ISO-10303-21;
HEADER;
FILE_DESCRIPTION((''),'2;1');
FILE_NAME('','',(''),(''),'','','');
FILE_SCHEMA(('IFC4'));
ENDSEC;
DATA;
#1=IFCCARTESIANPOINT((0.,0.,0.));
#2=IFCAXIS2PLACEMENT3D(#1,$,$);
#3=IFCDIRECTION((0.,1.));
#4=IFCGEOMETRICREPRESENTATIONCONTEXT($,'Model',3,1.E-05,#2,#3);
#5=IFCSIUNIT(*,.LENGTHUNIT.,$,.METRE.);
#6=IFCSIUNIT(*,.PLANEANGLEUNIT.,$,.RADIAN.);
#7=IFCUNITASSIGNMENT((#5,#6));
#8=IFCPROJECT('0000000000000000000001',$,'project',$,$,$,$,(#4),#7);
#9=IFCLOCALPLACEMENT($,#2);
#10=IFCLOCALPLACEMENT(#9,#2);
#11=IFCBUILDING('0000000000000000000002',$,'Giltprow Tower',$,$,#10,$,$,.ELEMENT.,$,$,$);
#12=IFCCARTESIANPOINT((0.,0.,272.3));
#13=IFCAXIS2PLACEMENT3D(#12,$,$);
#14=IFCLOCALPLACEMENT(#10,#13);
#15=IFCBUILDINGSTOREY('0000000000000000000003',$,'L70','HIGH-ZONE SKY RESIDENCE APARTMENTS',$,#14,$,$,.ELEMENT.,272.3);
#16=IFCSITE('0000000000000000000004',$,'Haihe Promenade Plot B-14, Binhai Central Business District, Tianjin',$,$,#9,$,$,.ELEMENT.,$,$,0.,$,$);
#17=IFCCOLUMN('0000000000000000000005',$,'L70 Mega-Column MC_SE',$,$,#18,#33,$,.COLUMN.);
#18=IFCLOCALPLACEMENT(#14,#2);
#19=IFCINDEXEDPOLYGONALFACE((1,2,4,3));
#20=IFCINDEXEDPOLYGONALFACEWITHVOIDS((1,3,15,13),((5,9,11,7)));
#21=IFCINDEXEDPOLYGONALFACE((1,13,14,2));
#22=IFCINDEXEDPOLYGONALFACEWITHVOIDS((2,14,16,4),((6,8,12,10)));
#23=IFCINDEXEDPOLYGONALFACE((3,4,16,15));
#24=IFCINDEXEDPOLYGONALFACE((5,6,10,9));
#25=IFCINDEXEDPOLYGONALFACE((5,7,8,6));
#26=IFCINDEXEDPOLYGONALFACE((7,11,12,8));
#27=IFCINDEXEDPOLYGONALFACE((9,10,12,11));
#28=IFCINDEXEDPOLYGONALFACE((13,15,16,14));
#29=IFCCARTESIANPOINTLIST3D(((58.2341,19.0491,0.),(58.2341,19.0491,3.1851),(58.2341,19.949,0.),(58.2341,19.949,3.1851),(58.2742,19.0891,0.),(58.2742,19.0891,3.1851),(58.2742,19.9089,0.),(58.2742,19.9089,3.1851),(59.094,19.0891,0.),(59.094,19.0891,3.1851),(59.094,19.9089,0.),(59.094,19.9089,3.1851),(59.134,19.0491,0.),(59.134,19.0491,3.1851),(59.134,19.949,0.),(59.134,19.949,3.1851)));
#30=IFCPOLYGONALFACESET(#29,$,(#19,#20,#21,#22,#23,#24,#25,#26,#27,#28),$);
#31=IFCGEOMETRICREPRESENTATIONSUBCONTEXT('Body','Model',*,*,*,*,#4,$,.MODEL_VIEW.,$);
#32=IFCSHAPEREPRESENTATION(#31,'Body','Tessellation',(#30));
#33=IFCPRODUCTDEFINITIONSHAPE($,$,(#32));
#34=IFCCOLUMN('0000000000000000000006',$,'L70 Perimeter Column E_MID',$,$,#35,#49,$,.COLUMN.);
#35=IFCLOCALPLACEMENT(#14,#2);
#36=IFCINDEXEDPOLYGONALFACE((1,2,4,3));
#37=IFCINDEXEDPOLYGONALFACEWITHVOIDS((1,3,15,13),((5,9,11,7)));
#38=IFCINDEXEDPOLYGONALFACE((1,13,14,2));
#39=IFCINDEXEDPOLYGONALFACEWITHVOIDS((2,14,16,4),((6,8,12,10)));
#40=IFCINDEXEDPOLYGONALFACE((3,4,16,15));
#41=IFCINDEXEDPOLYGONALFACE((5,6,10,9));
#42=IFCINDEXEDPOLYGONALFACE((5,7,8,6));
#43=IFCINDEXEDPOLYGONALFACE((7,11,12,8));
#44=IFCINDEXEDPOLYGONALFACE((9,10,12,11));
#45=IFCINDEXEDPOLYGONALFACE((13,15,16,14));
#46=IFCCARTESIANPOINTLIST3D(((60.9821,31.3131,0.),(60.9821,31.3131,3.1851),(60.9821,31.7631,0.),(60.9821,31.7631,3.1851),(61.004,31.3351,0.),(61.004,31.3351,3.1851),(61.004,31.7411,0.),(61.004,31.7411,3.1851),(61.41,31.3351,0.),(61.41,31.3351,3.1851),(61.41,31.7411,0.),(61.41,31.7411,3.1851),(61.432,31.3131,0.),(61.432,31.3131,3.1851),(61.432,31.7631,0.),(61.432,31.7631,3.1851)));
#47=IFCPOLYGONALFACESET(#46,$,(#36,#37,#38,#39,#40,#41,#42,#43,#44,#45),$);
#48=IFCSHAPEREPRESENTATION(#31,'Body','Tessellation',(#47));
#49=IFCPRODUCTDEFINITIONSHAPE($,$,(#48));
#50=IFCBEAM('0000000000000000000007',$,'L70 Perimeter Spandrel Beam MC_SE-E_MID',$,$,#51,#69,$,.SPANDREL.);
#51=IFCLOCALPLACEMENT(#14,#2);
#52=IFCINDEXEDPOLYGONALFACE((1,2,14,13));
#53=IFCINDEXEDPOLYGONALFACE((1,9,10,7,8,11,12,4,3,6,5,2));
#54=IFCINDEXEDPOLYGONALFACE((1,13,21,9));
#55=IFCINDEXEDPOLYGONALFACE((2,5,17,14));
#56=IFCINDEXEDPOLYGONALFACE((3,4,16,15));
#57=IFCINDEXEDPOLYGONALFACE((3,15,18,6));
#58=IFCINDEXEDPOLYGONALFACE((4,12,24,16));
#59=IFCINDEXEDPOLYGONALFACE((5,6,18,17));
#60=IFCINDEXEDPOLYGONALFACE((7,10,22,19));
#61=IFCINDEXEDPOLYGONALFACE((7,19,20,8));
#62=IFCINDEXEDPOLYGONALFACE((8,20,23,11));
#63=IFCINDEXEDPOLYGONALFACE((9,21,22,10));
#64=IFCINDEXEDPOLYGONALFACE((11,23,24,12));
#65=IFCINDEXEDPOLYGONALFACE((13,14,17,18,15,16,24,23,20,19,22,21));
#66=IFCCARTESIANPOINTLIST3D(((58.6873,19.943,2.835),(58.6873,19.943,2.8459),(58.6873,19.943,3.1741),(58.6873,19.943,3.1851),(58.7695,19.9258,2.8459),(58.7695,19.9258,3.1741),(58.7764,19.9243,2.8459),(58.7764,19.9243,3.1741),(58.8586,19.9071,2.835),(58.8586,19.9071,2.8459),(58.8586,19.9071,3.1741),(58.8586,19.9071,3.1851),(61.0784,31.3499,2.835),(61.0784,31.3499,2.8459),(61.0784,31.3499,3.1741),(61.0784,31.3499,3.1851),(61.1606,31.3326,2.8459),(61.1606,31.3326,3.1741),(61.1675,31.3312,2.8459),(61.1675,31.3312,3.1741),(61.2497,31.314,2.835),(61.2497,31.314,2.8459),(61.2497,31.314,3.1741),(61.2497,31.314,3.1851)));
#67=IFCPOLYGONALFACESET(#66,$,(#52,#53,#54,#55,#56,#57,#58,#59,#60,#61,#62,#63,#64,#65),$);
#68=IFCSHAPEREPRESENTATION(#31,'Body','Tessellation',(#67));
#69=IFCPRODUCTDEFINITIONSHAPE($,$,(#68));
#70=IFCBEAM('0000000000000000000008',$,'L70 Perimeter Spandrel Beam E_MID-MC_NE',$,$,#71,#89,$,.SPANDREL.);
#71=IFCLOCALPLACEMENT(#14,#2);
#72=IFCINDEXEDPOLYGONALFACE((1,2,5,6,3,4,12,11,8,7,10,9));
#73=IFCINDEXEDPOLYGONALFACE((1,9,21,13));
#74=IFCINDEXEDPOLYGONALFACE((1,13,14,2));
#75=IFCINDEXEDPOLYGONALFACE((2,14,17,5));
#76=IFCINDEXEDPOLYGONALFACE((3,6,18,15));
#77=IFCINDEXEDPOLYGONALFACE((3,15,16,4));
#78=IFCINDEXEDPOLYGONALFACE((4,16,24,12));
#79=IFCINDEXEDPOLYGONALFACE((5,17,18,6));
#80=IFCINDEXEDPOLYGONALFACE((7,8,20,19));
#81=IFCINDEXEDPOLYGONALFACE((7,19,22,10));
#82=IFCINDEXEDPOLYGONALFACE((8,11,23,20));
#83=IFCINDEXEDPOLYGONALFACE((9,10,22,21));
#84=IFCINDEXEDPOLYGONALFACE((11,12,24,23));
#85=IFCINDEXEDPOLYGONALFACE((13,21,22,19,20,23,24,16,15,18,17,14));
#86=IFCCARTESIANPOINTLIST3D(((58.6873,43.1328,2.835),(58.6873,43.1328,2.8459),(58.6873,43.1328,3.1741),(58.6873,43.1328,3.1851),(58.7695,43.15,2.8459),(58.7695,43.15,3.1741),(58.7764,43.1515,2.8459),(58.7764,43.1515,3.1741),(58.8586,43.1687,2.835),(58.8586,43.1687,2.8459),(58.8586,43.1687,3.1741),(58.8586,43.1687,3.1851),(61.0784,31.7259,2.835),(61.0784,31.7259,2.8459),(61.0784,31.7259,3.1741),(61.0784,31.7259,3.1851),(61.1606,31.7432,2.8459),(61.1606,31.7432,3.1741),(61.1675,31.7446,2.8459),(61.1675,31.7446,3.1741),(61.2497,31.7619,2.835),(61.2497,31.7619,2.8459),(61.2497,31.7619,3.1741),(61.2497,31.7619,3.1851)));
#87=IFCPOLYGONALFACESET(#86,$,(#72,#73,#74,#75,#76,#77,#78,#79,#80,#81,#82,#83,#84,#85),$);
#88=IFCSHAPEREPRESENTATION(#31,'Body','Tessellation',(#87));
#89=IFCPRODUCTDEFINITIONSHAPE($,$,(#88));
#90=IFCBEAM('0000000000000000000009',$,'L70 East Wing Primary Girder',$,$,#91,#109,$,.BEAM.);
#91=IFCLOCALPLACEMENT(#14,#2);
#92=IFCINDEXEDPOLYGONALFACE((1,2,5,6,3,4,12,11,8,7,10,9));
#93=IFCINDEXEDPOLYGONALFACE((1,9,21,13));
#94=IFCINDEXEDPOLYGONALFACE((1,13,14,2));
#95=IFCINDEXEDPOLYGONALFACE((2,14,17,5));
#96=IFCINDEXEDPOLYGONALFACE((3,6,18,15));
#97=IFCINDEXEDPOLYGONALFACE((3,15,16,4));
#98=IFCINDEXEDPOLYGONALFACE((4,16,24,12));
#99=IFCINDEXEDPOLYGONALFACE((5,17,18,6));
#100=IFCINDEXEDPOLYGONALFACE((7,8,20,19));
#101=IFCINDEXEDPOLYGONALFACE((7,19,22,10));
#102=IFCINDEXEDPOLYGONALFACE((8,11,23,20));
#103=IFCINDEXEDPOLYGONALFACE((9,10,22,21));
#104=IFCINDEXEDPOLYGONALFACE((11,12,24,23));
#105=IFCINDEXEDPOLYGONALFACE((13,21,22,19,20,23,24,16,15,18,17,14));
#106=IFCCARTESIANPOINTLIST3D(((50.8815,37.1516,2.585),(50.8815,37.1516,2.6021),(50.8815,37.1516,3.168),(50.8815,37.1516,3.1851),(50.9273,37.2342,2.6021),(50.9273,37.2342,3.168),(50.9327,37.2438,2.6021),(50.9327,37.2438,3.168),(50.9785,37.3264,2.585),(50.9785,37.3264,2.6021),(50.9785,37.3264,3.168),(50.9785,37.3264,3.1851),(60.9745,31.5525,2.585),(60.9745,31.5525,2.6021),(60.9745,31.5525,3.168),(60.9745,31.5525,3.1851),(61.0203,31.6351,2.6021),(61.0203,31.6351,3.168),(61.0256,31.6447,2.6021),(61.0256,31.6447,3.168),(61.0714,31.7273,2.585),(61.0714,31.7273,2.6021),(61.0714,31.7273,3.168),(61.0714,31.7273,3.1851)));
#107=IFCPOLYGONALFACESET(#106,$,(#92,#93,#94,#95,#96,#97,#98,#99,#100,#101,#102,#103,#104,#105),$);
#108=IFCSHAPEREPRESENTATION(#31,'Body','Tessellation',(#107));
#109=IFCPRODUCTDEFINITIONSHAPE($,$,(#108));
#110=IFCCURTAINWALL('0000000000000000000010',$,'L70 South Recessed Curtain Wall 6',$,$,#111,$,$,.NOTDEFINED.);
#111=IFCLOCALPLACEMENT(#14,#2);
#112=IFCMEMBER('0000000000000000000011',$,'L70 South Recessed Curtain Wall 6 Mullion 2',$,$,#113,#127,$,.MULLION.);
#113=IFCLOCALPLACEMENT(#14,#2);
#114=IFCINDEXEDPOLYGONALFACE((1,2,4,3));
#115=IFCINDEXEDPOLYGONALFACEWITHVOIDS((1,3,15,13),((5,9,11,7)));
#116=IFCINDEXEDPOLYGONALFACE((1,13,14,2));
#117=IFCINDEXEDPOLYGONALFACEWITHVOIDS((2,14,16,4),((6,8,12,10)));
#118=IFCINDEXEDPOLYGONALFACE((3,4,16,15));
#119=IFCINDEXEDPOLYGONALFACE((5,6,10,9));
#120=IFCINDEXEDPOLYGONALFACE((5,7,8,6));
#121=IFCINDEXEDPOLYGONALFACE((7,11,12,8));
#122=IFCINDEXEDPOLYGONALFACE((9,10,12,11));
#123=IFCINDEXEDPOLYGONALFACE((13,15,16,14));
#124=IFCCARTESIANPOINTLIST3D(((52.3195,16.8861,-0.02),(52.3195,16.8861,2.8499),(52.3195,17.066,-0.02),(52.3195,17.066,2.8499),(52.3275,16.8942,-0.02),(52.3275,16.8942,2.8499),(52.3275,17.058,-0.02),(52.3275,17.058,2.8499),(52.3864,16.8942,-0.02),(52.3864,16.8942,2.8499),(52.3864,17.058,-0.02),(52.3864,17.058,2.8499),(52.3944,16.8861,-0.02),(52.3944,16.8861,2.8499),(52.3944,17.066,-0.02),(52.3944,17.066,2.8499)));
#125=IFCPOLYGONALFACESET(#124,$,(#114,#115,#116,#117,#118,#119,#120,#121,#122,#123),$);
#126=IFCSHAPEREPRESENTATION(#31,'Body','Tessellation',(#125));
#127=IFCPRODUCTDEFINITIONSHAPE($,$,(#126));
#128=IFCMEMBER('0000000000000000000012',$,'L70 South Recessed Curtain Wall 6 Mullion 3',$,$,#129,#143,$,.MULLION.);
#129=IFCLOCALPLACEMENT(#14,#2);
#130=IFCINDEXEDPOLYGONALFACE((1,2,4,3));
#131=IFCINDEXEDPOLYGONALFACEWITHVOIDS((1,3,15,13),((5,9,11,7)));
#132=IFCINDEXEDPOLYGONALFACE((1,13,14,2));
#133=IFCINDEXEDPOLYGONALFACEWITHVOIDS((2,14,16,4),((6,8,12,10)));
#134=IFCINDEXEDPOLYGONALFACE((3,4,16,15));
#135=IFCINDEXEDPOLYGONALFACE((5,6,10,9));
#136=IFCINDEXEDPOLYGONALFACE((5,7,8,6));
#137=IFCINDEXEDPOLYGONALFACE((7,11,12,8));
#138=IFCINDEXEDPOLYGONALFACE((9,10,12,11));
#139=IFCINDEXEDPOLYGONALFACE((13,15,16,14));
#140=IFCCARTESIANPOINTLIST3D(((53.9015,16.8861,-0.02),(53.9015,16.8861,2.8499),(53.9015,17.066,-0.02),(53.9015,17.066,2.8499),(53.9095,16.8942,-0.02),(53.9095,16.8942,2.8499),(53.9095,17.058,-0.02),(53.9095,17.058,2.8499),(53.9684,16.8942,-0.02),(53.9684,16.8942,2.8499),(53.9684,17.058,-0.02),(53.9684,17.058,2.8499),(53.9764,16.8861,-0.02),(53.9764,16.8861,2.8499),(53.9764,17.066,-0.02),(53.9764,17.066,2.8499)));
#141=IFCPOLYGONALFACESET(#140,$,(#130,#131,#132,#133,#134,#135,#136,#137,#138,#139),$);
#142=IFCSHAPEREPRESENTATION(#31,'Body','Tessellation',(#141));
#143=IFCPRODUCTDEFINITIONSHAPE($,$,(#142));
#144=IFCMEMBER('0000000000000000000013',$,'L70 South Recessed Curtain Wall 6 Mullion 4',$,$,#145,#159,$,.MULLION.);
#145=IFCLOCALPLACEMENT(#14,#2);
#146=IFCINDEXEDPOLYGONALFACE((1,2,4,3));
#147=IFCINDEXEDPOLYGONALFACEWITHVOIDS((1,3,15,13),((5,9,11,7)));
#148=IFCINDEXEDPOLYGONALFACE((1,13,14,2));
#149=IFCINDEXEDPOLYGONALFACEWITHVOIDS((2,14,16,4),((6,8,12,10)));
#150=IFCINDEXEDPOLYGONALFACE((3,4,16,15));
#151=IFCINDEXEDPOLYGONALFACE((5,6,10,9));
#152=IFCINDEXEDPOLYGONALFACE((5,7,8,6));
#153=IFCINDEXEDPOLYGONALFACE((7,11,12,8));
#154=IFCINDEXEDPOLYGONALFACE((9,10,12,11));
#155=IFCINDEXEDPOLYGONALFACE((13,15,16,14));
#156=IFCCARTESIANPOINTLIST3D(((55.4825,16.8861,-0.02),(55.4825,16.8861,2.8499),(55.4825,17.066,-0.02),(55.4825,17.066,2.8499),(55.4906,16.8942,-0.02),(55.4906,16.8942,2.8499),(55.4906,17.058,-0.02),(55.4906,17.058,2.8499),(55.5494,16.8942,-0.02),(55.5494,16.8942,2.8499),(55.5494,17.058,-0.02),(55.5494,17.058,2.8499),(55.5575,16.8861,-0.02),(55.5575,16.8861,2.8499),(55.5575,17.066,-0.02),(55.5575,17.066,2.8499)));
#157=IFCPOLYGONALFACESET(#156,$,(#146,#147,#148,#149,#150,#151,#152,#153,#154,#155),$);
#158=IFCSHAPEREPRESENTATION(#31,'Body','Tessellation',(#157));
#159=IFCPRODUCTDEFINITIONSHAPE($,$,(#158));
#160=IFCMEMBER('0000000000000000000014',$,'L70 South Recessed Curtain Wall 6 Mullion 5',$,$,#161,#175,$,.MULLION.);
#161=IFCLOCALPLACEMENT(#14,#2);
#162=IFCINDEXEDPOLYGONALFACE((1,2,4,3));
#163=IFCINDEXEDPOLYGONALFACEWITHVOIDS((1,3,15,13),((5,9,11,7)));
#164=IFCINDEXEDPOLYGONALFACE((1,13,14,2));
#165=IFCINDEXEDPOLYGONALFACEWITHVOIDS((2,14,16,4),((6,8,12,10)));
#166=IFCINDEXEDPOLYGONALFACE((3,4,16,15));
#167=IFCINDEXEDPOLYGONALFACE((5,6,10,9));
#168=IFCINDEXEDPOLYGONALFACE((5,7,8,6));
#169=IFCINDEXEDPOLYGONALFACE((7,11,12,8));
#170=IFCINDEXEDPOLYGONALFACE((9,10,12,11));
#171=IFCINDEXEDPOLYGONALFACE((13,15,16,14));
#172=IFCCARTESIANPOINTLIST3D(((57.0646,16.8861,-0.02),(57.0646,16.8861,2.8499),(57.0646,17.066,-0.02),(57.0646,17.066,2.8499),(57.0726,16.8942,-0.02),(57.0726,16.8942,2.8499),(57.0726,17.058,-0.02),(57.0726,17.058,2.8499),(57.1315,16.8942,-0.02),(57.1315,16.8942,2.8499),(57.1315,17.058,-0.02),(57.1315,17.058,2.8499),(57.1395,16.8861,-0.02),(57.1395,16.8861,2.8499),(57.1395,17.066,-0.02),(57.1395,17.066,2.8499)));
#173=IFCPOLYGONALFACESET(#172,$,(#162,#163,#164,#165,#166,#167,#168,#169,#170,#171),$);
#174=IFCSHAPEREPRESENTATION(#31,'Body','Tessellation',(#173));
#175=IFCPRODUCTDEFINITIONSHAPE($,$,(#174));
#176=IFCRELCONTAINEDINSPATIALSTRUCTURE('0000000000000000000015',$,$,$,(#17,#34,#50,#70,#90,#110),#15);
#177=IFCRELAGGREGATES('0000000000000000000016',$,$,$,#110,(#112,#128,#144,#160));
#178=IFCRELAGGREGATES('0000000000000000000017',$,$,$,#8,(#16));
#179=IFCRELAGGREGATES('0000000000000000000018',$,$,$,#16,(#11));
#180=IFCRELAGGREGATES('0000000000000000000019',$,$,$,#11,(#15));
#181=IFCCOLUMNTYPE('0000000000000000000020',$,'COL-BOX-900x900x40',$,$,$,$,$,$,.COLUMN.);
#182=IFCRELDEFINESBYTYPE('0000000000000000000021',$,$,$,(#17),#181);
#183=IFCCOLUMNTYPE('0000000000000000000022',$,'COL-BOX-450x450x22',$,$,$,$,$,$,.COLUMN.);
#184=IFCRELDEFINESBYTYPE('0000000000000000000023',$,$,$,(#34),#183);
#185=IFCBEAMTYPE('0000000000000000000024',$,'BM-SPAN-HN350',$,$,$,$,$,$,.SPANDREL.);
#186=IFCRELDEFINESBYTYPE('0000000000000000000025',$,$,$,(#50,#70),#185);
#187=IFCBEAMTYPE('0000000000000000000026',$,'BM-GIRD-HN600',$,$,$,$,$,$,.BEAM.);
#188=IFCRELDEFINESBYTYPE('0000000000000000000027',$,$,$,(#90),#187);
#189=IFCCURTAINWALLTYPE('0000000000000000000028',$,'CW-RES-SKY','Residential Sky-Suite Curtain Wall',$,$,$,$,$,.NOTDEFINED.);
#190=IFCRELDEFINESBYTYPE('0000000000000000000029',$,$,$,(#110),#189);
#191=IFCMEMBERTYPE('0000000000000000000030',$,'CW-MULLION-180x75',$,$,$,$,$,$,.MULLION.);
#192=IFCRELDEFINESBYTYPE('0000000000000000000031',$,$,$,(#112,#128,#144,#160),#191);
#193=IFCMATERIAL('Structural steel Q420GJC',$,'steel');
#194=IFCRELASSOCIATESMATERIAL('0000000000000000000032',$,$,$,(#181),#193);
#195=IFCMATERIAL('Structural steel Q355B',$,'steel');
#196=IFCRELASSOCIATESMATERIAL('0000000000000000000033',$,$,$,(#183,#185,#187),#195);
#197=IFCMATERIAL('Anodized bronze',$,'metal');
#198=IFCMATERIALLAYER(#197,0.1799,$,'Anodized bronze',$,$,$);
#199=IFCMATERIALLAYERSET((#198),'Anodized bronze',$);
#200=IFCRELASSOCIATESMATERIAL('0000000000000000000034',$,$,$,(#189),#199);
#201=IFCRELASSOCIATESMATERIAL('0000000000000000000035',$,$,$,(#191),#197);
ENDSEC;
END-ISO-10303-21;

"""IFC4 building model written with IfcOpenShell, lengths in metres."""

from ifc_helpers import new_model, si_unit, direction, frame, origin, origin_2d, place, context, subcontext, project, spatial, hollow_rectangle, i_section, extrude, source, transform, mapped, material, layer, layer_set, material_profile, profile_set, type_object, element, aggregate, save


model = new_model("IFC4")

# Units and contexts
model_context = context("Model", 3, precision=1e-05, world=origin(), true_north=direction((0.0, 1.0)))
body_context = subcontext(model_context, "Body", "Model", "MODEL_VIEW")
ifc_project = project(units=[si_unit("LENGTHUNIT", "METRE"), si_unit("PLANEANGLEUNIT", "RADIAN")], contexts=[model_context])

# Site, building, storey
site_placement = place(None, origin())
site = spatial("IfcSite", under=ifc_project, at=site_placement, Name="Haihe Promenade Plot B-14, Binhai Central Business District, Tianjin", CompositionType="ELEMENT", RefElevation=0.0)
building_placement = place(site_placement, origin())
building = spatial("IfcBuilding", under=site, at=building_placement, Name="Giltprow Tower", CompositionType="ELEMENT")
storey_placement = place(building_placement, frame((0.0, 0.0, 272.3)))
storey = spatial("IfcBuildingStorey", under=building, at=storey_placement, Name="L70", Description="HIGH-ZONE SKY RESIDENCE APARTMENTS", CompositionType="ELEMENT", Elevation=272.3)

# Columns
ifc_material_1 = material(Name="Structural steel Q420GJC", Category="steel")
ifc_material_profile_1 = material_profile(ifc_material_1, hollow_rectangle(XDim=0.8999, YDim=0.8999, WallThickness=0.04, at=origin_2d()), Name="BOX 900x900x40")
ifc_profile_set_1 = profile_set([ifc_material_profile_1], Name="Structural steel Q420GJC")
column_type_1 = type_object("IfcColumnType", Name="COL-BOX-900x900x40", PredefinedType="COLUMN", material=ifc_profile_set_1)
shared_shape_1 = source(origin(), body_context, "Body", "SweptSolid", [
    extrude(hollow_rectangle(XDim=0.8999, YDim=0.8999, WallThickness=0.04, at=origin_2d()), origin(), (0.0, 0.0, 1.0), 3.1851),
])
column_1_placement = place(storey_placement, frame((58.6841, 19.499, 0.0), z_axis=(0.0, 0.0, 1.0), x_axis=(1.0, 0.0, 0.0)))
element("IfcColumn", 1, at=column_1_placement, inside=storey, type_object=column_type_1, Name="L70 Mega-Column MC_SE", PredefinedType="COLUMN", context=body_context, shape_type="MappedRepresentation", body=[
    mapped(shared_shape_1, transform((0.0, 0.0, 0.0), x_axis=(1.0, 0.0, 0.0), y_axis=(0.0, 1.0, 0.0), z_axis=(0.0, 0.0, 1.0), scale=1.0)),
])
ifc_material_2 = material(Name="Structural steel Q355B", Category="steel")
ifc_material_profile_2 = material_profile(ifc_material_2, hollow_rectangle(XDim=0.45, YDim=0.45, WallThickness=0.022, at=origin_2d()), Name="BOX 450x450x22")
ifc_profile_set_2 = profile_set([ifc_material_profile_2], Name="Structural steel Q355B")
column_type_2 = type_object("IfcColumnType", Name="COL-BOX-450x450x22", PredefinedType="COLUMN", material=ifc_profile_set_2)
shared_shape_2 = source(origin(), body_context, "Body", "SweptSolid", [
    extrude(hollow_rectangle(XDim=0.45, YDim=0.45, WallThickness=0.022, at=origin_2d()), origin(), (0.0, 0.0, 1.0), 3.1851),
])
column_2_placement = place(storey_placement, frame((61.207, 31.5381, 0.0), z_axis=(0.0, 0.0, 1.0), x_axis=(1.0, 0.0, 0.0)))
element("IfcColumn", 2, at=column_2_placement, inside=storey, type_object=column_type_2, Name="L70 Perimeter Column E_MID", PredefinedType="COLUMN", context=body_context, shape_type="MappedRepresentation", body=[
    mapped(shared_shape_2, transform((0.0, 0.0, 0.0), x_axis=(1.0, 0.0, 0.0), y_axis=(0.0, 1.0, 0.0), z_axis=(0.0, 0.0, 1.0), scale=1.0)),
])

# Beams
ifc_material_profile_3 = material_profile(ifc_material_2, i_section(OverallWidth=0.175, OverallDepth=0.3501, WebThickness=0.0071, FlangeThickness=0.011, at=origin_2d()), Name="HN 350x175x7x11")
ifc_profile_set_3 = profile_set([ifc_material_profile_3], Name="Structural steel Q355B")
beam_type_1 = type_object("IfcBeamType", Name="BM-SPAN-HN350", PredefinedType="SPANDREL", material=ifc_profile_set_3)
shared_shape_3 = source(origin(), body_context, "Body", "SweptSolid", [
    extrude(i_section(OverallWidth=0.175, OverallDepth=0.3501, WebThickness=0.0071, FlangeThickness=0.011, at=origin_2d()), origin(), (0.0, 0.0, 1.0), 11.6548),
])
for number, where, z_axis, x_axis, name in (
    (3, (58.7729, 19.925, 3.01), (0.20516, 0.978729, 0.0), (-0.978729, 0.20516, 0.0), "L70 Perimeter Spandrel Beam MC_SE-E_MID"),
    (4, (61.1641, 31.7439, 3.01), (-0.20516, 0.978729, 0.0), (-0.978729, -0.20516, 0.0), "L70 Perimeter Spandrel Beam E_MID-MC_NE"),
):
    element("IfcBeam", number, at=place(storey_placement, frame(where, z_axis=z_axis, x_axis=x_axis)), inside=storey, type_object=beam_type_1, Name=name, PredefinedType="SPANDREL", context=body_context, shape_type="MappedRepresentation", body=[
        mapped(shared_shape_3, transform((0.0, 0.0, 0.0), x_axis=(1.0, 0.0, 0.0), y_axis=(0.0, 1.0, 0.0), z_axis=(0.0, 0.0, 1.0), scale=1.0)),
    ])
ifc_material_profile_4 = material_profile(ifc_material_2, i_section(OverallWidth=0.2, OverallDepth=0.6001, WebThickness=0.011, FlangeThickness=0.0171, at=origin_2d()), Name="HN 600x200x11x17")
ifc_profile_set_4 = profile_set([ifc_material_profile_4], Name="Structural steel Q355B")
beam_type_2 = type_object("IfcBeamType", Name="BM-GIRD-HN600", PredefinedType="BEAM", material=ifc_profile_set_4)
shared_shape_4 = source(origin(), body_context, "Body", "SweptSolid", [
    extrude(i_section(OverallWidth=0.2, OverallDepth=0.6001, WebThickness=0.011, FlangeThickness=0.0171, at=origin_2d()), origin(), (0.0, 0.0, 1.0), 11.542),
])
beam_placement = place(storey_placement, frame((61.0229, 31.6399, 2.885), z_axis=(-0.874455, 0.485106, 0.0), x_axis=(-0.485106, -0.874455, 0.0)))
element("IfcBeam", 5, at=beam_placement, inside=storey, type_object=beam_type_2, Name="L70 East Wing Primary Girder", PredefinedType="BEAM", context=body_context, shape_type="MappedRepresentation", body=[
    mapped(shared_shape_4, transform((0.0, 0.0, 0.0), x_axis=(1.0, 0.0, 0.0), y_axis=(0.0, 1.0, 0.0), z_axis=(0.0, 0.0, 1.0), scale=1.0)),
])

# Curtain wall, members
ifc_material_3 = material(Name="Anodized bronze", Category="metal")
ifc_layer_1 = layer(ifc_material_3, 0.1799, Name="Anodized bronze")
ifc_layer_set_1 = layer_set([ifc_layer_1], Name="Anodized bronze")
curtain_wall_type = type_object("IfcCurtainWallType", Name="CW-RES-SKY", Description="Residential Sky-Suite Curtain Wall", PredefinedType="NOTDEFINED", material=ifc_layer_set_1)
curtain_wall_placement = place(storey_placement, origin())
curtain_wall = element("IfcCurtainWall", 6, at=curtain_wall_placement, inside=storey, type_object=curtain_wall_type, Name="L70 South Recessed Curtain Wall 6", PredefinedType="NOTDEFINED")
ifc_material_profile_5 = material_profile(ifc_material_3, hollow_rectangle(XDim=0.075, YDim=0.1799, WallThickness=0.0081, at=origin_2d()), Name="RHS 180x75x8")
ifc_profile_set_5 = profile_set([ifc_material_profile_5], Name="Anodized bronze")
member_type_1 = type_object("IfcMemberType", Name="CW-MULLION-180x75", PredefinedType="MULLION", material=ifc_profile_set_5)
shared_shape_5 = source(origin(), body_context, "Body", "SweptSolid", [
    extrude(hollow_rectangle(XDim=0.075, YDim=0.1799, WallThickness=0.0081, at=origin_2d()), origin(), (0.0, 0.0, 1.0), 2.8699),
])
member_1_placement = place(storey_placement, frame((52.3569, 16.9761, -0.02), z_axis=(0.0, 0.0, 1.0), x_axis=(1.0, 0.0, 0.0)))
member_1 = element("IfcMember", 7, at=member_1_placement, type_object=member_type_1, Name="L70 South Recessed Curtain Wall 6 Mullion 2", PredefinedType="MULLION", context=body_context, shape_type="MappedRepresentation", body=[
    mapped(shared_shape_5, transform((0.0, 0.0, 0.0), x_axis=(1.0, 0.0, 0.0), y_axis=(0.0, 1.0, 0.0), z_axis=(0.0, 0.0, 1.0), scale=1.0)),
])
member_2_placement = place(storey_placement, frame((53.939, 16.9761, -0.02), z_axis=(0.0, 0.0, 1.0), x_axis=(1.0, 0.0, 0.0)))
member_2 = element("IfcMember", 8, at=member_2_placement, type_object=member_type_1, Name="L70 South Recessed Curtain Wall 6 Mullion 3", PredefinedType="MULLION", context=body_context, shape_type="MappedRepresentation", body=[
    mapped(shared_shape_5, transform((0.0, 0.0, 0.0), x_axis=(1.0, 0.0, 0.0), y_axis=(0.0, 1.0, 0.0), z_axis=(0.0, 0.0, 1.0), scale=1.0)),
])
member_3_placement = place(storey_placement, frame((55.52, 16.9761, -0.02), z_axis=(0.0, 0.0, 1.0), x_axis=(1.0, 0.0, 0.0)))
member_3 = element("IfcMember", 9, at=member_3_placement, type_object=member_type_1, Name="L70 South Recessed Curtain Wall 6 Mullion 4", PredefinedType="MULLION", context=body_context, shape_type="MappedRepresentation", body=[
    mapped(shared_shape_5, transform((0.0, 0.0, 0.0), x_axis=(1.0, 0.0, 0.0), y_axis=(0.0, 1.0, 0.0), z_axis=(0.0, 0.0, 1.0), scale=1.0)),
])
member_4_placement = place(storey_placement, frame((57.1021, 16.9761, -0.02), z_axis=(0.0, 0.0, 1.0), x_axis=(1.0, 0.0, 0.0)))
member_4 = element("IfcMember", 10, at=member_4_placement, type_object=member_type_1, Name="L70 South Recessed Curtain Wall 6 Mullion 5", PredefinedType="MULLION", context=body_context, shape_type="MappedRepresentation", body=[
    mapped(shared_shape_5, transform((0.0, 0.0, 0.0), x_axis=(1.0, 0.0, 0.0), y_axis=(0.0, 1.0, 0.0), z_axis=(0.0, 0.0, 1.0), scale=1.0)),
])

aggregate(curtain_wall, [member_1, member_2, member_3, member_4])

save(model, "model.ifc")
